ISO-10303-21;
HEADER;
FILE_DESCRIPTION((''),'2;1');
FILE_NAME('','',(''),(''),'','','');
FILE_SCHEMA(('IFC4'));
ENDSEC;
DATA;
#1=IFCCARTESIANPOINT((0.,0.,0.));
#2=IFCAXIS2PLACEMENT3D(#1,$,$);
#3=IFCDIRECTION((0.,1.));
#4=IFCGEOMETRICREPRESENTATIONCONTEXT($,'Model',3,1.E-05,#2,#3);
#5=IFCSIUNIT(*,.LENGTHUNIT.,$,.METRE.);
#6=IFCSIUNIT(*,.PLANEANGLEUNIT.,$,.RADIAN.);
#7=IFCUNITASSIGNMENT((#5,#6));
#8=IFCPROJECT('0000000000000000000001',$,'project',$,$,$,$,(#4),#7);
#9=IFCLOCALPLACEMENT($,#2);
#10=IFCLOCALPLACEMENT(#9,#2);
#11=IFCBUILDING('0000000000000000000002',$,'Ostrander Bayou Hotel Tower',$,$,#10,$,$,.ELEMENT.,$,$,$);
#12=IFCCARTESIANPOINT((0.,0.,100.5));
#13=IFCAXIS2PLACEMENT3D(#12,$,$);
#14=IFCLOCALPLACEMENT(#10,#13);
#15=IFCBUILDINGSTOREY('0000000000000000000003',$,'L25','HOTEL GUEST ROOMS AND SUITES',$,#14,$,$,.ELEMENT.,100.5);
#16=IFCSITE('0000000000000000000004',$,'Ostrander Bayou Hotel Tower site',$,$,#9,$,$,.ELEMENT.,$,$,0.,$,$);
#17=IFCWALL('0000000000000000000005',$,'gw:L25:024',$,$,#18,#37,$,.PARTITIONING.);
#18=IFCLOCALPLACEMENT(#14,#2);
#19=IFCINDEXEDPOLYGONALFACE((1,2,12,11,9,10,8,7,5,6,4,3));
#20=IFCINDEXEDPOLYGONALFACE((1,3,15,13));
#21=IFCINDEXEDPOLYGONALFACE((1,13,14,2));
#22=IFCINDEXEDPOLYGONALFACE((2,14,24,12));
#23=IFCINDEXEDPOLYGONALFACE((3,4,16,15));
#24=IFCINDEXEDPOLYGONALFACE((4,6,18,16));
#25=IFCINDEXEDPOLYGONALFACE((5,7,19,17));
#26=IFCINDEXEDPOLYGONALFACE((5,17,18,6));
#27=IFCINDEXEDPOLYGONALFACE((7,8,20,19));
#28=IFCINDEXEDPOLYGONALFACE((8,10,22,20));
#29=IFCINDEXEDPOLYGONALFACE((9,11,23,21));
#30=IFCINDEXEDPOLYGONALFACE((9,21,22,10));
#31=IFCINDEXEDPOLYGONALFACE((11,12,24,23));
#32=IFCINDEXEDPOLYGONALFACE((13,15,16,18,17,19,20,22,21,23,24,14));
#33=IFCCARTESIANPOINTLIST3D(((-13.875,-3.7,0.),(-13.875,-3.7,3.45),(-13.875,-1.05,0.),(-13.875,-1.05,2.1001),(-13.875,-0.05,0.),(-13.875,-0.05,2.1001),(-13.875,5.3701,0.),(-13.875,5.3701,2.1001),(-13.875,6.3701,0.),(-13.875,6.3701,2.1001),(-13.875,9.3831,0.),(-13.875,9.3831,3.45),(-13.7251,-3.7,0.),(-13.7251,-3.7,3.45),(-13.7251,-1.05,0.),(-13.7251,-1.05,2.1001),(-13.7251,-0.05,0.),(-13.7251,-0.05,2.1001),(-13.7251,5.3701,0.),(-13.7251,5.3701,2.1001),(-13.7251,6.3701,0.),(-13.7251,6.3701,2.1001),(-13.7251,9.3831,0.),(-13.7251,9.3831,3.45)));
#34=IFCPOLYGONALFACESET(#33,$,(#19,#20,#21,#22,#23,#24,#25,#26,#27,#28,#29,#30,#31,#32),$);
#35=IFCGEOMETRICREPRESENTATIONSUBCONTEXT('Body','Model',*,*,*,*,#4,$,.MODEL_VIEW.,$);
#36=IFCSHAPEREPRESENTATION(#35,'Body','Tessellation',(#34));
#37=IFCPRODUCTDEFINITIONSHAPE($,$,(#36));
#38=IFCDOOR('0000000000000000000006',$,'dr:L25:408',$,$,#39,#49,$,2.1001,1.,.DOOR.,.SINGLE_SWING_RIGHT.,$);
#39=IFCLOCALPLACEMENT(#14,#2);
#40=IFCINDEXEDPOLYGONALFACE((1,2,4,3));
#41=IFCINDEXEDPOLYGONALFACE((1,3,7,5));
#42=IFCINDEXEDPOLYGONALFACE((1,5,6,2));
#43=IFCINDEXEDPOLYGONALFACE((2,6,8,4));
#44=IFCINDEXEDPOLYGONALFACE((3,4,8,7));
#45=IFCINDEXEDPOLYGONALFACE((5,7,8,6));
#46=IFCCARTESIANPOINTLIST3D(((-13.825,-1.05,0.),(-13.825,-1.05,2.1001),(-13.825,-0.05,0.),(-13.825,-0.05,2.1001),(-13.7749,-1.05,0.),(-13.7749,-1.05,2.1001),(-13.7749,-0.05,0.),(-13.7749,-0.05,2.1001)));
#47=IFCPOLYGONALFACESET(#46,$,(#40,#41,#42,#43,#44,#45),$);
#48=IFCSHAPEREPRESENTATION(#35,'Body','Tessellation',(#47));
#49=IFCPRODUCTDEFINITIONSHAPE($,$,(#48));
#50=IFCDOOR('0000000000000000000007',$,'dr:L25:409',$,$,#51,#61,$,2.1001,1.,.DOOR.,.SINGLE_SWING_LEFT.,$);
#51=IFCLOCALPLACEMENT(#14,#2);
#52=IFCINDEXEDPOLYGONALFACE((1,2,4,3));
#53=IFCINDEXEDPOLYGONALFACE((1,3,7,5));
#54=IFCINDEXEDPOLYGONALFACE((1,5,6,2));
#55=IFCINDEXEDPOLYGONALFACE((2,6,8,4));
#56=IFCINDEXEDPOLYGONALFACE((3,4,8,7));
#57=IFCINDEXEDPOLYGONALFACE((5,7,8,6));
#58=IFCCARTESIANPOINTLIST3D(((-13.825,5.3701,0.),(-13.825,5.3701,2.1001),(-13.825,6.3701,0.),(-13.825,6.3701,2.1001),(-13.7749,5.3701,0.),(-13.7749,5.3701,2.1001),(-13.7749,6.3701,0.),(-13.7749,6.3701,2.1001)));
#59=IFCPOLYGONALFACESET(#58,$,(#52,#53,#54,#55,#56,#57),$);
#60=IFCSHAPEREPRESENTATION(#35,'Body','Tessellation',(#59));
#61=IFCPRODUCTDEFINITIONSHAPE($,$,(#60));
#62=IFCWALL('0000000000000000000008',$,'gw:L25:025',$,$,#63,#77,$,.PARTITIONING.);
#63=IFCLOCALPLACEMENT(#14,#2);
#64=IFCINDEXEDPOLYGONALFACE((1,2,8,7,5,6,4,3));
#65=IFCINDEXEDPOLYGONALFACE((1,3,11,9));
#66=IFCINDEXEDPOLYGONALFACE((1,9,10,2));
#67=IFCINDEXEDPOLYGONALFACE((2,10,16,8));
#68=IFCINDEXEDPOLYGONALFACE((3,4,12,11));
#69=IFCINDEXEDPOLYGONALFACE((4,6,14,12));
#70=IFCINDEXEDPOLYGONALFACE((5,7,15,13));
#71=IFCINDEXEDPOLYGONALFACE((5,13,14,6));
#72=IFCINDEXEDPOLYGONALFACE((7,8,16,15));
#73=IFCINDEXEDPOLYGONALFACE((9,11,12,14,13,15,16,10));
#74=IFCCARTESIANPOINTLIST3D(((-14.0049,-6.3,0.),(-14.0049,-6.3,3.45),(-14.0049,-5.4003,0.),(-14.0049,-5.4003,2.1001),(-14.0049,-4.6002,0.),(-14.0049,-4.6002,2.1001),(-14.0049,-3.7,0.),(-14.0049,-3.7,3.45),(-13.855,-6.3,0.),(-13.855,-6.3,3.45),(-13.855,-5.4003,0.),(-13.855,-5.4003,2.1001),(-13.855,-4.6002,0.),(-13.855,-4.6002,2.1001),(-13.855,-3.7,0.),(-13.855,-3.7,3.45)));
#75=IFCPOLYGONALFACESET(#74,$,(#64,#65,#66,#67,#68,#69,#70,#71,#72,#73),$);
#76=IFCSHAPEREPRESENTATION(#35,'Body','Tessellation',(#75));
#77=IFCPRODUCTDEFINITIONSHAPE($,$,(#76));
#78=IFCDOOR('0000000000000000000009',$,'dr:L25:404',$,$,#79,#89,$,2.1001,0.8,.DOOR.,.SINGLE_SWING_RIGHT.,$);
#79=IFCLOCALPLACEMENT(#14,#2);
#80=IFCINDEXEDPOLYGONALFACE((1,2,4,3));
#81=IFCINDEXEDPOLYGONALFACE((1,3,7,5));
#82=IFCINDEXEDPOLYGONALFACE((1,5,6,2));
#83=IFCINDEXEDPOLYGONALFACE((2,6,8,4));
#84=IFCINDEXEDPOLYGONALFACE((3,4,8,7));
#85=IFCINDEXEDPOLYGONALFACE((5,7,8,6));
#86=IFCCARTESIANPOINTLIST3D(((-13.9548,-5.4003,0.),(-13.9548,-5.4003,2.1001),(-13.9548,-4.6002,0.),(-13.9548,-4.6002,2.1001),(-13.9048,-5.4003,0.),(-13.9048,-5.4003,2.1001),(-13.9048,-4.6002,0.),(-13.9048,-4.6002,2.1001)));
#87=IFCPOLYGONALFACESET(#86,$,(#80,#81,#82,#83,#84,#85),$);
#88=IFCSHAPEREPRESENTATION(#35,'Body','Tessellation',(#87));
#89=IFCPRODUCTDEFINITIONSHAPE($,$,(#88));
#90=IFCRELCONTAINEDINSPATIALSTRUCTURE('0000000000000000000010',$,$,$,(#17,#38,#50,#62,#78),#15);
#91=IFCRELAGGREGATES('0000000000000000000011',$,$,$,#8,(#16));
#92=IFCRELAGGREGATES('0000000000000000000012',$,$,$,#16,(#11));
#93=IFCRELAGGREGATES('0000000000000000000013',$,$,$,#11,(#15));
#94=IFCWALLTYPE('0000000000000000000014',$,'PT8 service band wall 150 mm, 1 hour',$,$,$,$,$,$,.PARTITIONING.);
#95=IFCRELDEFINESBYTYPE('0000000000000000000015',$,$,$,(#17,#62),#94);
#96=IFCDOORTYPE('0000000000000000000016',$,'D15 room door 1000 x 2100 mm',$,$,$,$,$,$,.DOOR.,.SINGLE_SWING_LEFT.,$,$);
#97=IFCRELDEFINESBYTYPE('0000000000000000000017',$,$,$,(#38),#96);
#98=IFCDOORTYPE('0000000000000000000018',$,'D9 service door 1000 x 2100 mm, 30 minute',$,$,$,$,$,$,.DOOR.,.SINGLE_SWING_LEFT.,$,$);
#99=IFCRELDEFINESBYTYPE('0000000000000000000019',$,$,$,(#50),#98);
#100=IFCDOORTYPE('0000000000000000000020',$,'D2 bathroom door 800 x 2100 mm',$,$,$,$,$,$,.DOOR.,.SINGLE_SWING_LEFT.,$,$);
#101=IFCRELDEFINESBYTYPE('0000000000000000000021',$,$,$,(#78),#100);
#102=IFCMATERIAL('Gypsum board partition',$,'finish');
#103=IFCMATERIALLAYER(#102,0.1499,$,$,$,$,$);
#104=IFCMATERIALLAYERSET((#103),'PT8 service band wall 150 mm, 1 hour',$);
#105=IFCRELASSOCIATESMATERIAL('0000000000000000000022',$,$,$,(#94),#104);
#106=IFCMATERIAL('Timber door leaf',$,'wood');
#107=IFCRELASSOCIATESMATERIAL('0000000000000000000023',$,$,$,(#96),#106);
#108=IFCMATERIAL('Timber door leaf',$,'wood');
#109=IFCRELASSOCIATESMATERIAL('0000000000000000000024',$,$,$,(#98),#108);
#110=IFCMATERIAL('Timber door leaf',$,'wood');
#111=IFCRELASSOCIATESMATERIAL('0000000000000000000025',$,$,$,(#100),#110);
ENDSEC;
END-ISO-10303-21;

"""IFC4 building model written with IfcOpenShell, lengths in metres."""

from ifc_helpers import new_model, si_unit, direction, frame, frame_2d, origin, place, context, subcontext, project, spatial, rectangle, extrude, material, layer, layer_set, type_object, element, fill, save


model = new_model("IFC4")

# Units and contexts
model_context = context("Model", 3, precision=1e-05, world=origin(), true_north=direction((0.0, 1.0)))
body_context = subcontext(model_context, "Body", "Model", "MODEL_VIEW")
ifc_project = project(units=[si_unit("LENGTHUNIT", "METRE"), si_unit("PLANEANGLEUNIT", "RADIAN")], contexts=[model_context])

# Site, building, storey
site_placement = place(None, origin())
site = spatial("IfcSite", under=ifc_project, at=site_placement, Name="Ostrander Bayou Hotel Tower site", CompositionType="ELEMENT", RefElevation=0.0)
building_placement = place(site_placement, origin())
building = spatial("IfcBuilding", under=site, at=building_placement, Name="Ostrander Bayou Hotel Tower", CompositionType="ELEMENT")
storey_placement = place(building_placement, frame((0.0, 0.0, 100.5)))
storey = spatial("IfcBuildingStorey", under=building, at=storey_placement, Name="L25", Description="HOTEL GUEST ROOMS AND SUITES", CompositionType="ELEMENT", Elevation=100.5)

# Shared definitions
ifc_material_1 = material(Name="Gypsum board partition", Category="finish")
ifc_layer_1 = layer(ifc_material_1, 0.1499)
ifc_layer_set_1 = layer_set([ifc_layer_1], Name="PT8 service band wall 150 mm, 1 hour")
wall_type_1 = type_object("IfcWallType", Name="PT8 service band wall 150 mm, 1 hour", PredefinedType="PARTITIONING", material=ifc_layer_set_1)

# Wall, openings, doors
wall_1_placement = place(storey_placement, frame((-13.8, -3.7, 0.0), z_axis=(0.0, 0.0, 1.0), x_axis=(0.0, 1.0, 0.0)))
wall_1 = element("IfcWall", 1, at=wall_1_placement, inside=storey, type_object=wall_type_1, Name="gw:L25:024", PredefinedType="PARTITIONING", context=body_context, shape_type="SweptSolid", body=[
    extrude(rectangle(XDim=13.083, YDim=0.1499, at=frame_2d((6.5415, 0.0))), origin(), (0.0, 0.0, 1.0), 3.45),
])
opening_1_placement = place(wall_1_placement, frame((2.6499, 0.0, 0.0)))
opening_1 = element("IfcOpeningElement", 2, at=opening_1_placement, cuts=wall_1, PredefinedType="OPENING", context=body_context, shape_type="SweptSolid", body=[
    extrude(rectangle(XDim=1.0, YDim=2.1001, at=frame_2d((0.5, 1.05))), frame((0.0, 0.075, 0.0), z_axis=(0.0, -1.0, 0.0), x_axis=(1.0, 0.0, 0.0)), (0.0, 0.0, 1.0), 0.1499),
])
opening_2_placement = place(wall_1_placement, frame((9.0701, 0.0, 0.0)))
opening_2 = element("IfcOpeningElement", 3, at=opening_2_placement, cuts=wall_1, PredefinedType="OPENING", context=body_context, shape_type="SweptSolid", body=[
    extrude(rectangle(XDim=1.0, YDim=2.1001, at=frame_2d((0.5, 1.05))), frame((0.0, 0.075, 0.0), z_axis=(0.0, -1.0, 0.0), x_axis=(1.0, 0.0, 0.0)), (0.0, 0.0, 1.0), 0.1499),
])
ifc_material_2 = material(Name="Timber door leaf", Category="wood")
door_type_1 = type_object("IfcDoorType", Name="D15 room door 1000 x 2100 mm", OperationType="SINGLE_SWING_LEFT", PredefinedType="DOOR", material=ifc_material_2)
door_1_placement = place(opening_1_placement, origin())
door_1 = element("IfcDoor", 4, at=door_1_placement, inside=storey, type_object=door_type_1, Name="dr:L25:408", OperationType="SINGLE_SWING_RIGHT", OverallHeight=2.1001, OverallWidth=1.0, PredefinedType="DOOR", context=body_context, shape_type="SweptSolid", body=[
    extrude(rectangle(XDim=1.0, YDim=2.1001, at=frame_2d((0.5, 1.05))), frame((0.0, 0.0249, 0.0), z_axis=(0.0, -1.0, 0.0), x_axis=(1.0, 0.0, 0.0)), (0.0, 0.0, 1.0), 0.05),
])
fill(opening_1, door_1)
ifc_material_3 = material(Name="Timber door leaf", Category="wood")
door_type_2 = type_object("IfcDoorType", Name="D9 service door 1000 x 2100 mm, 30 minute", OperationType="SINGLE_SWING_LEFT", PredefinedType="DOOR", material=ifc_material_3)
door_2_placement = place(opening_2_placement, origin())
door_2 = element("IfcDoor", 5, at=door_2_placement, inside=storey, type_object=door_type_2, Name="dr:L25:409", OperationType="SINGLE_SWING_LEFT", OverallHeight=2.1001, OverallWidth=1.0, PredefinedType="DOOR", context=body_context, shape_type="SweptSolid", body=[
    extrude(rectangle(XDim=1.0, YDim=2.1001, at=frame_2d((0.5, 1.05))), frame((0.0, 0.0249, 0.0), z_axis=(0.0, -1.0, 0.0), x_axis=(1.0, 0.0, 0.0)), (0.0, 0.0, 1.0), 0.05),
])
fill(opening_2, door_2)

# Wall, opening, door
wall_2_placement = place(storey_placement, frame((-13.9299, -6.3, 0.0), z_axis=(0.0, 0.0, 1.0), x_axis=(0.0, 1.0, 0.0)))
wall_2 = element("IfcWall", 6, at=wall_2_placement, inside=storey, type_object=wall_type_1, Name="gw:L25:025", PredefinedType="PARTITIONING", context=body_context, shape_type="SweptSolid", body=[
    extrude(rectangle(XDim=2.6001, YDim=0.1499, at=frame_2d((1.3, 0.0))), origin(), (0.0, 0.0, 1.0), 3.45),
])
opening_3_placement = place(wall_2_placement, frame((0.8999, 0.0, 0.0)))
opening_3 = element("IfcOpeningElement", 7, at=opening_3_placement, cuts=wall_2, PredefinedType="OPENING", context=body_context, shape_type="SweptSolid", body=[
    extrude(rectangle(XDim=0.8, YDim=2.1001, at=frame_2d((0.3999, 1.05))), frame((0.0, 0.075, 0.0), z_axis=(0.0, -1.0, 0.0), x_axis=(1.0, 0.0, 0.0)), (0.0, 0.0, 1.0), 0.1499),
])
ifc_material_4 = material(Name="Timber door leaf", Category="wood")
door_type_3 = type_object("IfcDoorType", Name="D2 bathroom door 800 x 2100 mm", OperationType="SINGLE_SWING_LEFT", PredefinedType="DOOR", material=ifc_material_4)
door_3_placement = place(opening_3_placement, origin())
door_3 = element("IfcDoor", 8, at=door_3_placement, inside=storey, type_object=door_type_3, Name="dr:L25:404", OperationType="SINGLE_SWING_RIGHT", OverallHeight=2.1001, OverallWidth=0.8, PredefinedType="DOOR", context=body_context, shape_type="SweptSolid", body=[
    extrude(rectangle(XDim=0.8, YDim=2.1001, at=frame_2d((0.3999, 1.05))), frame((0.0, 0.0249, 0.0), z_axis=(0.0, -1.0, 0.0), x_axis=(1.0, 0.0, 0.0)), (0.0, 0.0, 1.0), 0.05),
])
fill(opening_3, door_3)

save(model, "model.ifc")
